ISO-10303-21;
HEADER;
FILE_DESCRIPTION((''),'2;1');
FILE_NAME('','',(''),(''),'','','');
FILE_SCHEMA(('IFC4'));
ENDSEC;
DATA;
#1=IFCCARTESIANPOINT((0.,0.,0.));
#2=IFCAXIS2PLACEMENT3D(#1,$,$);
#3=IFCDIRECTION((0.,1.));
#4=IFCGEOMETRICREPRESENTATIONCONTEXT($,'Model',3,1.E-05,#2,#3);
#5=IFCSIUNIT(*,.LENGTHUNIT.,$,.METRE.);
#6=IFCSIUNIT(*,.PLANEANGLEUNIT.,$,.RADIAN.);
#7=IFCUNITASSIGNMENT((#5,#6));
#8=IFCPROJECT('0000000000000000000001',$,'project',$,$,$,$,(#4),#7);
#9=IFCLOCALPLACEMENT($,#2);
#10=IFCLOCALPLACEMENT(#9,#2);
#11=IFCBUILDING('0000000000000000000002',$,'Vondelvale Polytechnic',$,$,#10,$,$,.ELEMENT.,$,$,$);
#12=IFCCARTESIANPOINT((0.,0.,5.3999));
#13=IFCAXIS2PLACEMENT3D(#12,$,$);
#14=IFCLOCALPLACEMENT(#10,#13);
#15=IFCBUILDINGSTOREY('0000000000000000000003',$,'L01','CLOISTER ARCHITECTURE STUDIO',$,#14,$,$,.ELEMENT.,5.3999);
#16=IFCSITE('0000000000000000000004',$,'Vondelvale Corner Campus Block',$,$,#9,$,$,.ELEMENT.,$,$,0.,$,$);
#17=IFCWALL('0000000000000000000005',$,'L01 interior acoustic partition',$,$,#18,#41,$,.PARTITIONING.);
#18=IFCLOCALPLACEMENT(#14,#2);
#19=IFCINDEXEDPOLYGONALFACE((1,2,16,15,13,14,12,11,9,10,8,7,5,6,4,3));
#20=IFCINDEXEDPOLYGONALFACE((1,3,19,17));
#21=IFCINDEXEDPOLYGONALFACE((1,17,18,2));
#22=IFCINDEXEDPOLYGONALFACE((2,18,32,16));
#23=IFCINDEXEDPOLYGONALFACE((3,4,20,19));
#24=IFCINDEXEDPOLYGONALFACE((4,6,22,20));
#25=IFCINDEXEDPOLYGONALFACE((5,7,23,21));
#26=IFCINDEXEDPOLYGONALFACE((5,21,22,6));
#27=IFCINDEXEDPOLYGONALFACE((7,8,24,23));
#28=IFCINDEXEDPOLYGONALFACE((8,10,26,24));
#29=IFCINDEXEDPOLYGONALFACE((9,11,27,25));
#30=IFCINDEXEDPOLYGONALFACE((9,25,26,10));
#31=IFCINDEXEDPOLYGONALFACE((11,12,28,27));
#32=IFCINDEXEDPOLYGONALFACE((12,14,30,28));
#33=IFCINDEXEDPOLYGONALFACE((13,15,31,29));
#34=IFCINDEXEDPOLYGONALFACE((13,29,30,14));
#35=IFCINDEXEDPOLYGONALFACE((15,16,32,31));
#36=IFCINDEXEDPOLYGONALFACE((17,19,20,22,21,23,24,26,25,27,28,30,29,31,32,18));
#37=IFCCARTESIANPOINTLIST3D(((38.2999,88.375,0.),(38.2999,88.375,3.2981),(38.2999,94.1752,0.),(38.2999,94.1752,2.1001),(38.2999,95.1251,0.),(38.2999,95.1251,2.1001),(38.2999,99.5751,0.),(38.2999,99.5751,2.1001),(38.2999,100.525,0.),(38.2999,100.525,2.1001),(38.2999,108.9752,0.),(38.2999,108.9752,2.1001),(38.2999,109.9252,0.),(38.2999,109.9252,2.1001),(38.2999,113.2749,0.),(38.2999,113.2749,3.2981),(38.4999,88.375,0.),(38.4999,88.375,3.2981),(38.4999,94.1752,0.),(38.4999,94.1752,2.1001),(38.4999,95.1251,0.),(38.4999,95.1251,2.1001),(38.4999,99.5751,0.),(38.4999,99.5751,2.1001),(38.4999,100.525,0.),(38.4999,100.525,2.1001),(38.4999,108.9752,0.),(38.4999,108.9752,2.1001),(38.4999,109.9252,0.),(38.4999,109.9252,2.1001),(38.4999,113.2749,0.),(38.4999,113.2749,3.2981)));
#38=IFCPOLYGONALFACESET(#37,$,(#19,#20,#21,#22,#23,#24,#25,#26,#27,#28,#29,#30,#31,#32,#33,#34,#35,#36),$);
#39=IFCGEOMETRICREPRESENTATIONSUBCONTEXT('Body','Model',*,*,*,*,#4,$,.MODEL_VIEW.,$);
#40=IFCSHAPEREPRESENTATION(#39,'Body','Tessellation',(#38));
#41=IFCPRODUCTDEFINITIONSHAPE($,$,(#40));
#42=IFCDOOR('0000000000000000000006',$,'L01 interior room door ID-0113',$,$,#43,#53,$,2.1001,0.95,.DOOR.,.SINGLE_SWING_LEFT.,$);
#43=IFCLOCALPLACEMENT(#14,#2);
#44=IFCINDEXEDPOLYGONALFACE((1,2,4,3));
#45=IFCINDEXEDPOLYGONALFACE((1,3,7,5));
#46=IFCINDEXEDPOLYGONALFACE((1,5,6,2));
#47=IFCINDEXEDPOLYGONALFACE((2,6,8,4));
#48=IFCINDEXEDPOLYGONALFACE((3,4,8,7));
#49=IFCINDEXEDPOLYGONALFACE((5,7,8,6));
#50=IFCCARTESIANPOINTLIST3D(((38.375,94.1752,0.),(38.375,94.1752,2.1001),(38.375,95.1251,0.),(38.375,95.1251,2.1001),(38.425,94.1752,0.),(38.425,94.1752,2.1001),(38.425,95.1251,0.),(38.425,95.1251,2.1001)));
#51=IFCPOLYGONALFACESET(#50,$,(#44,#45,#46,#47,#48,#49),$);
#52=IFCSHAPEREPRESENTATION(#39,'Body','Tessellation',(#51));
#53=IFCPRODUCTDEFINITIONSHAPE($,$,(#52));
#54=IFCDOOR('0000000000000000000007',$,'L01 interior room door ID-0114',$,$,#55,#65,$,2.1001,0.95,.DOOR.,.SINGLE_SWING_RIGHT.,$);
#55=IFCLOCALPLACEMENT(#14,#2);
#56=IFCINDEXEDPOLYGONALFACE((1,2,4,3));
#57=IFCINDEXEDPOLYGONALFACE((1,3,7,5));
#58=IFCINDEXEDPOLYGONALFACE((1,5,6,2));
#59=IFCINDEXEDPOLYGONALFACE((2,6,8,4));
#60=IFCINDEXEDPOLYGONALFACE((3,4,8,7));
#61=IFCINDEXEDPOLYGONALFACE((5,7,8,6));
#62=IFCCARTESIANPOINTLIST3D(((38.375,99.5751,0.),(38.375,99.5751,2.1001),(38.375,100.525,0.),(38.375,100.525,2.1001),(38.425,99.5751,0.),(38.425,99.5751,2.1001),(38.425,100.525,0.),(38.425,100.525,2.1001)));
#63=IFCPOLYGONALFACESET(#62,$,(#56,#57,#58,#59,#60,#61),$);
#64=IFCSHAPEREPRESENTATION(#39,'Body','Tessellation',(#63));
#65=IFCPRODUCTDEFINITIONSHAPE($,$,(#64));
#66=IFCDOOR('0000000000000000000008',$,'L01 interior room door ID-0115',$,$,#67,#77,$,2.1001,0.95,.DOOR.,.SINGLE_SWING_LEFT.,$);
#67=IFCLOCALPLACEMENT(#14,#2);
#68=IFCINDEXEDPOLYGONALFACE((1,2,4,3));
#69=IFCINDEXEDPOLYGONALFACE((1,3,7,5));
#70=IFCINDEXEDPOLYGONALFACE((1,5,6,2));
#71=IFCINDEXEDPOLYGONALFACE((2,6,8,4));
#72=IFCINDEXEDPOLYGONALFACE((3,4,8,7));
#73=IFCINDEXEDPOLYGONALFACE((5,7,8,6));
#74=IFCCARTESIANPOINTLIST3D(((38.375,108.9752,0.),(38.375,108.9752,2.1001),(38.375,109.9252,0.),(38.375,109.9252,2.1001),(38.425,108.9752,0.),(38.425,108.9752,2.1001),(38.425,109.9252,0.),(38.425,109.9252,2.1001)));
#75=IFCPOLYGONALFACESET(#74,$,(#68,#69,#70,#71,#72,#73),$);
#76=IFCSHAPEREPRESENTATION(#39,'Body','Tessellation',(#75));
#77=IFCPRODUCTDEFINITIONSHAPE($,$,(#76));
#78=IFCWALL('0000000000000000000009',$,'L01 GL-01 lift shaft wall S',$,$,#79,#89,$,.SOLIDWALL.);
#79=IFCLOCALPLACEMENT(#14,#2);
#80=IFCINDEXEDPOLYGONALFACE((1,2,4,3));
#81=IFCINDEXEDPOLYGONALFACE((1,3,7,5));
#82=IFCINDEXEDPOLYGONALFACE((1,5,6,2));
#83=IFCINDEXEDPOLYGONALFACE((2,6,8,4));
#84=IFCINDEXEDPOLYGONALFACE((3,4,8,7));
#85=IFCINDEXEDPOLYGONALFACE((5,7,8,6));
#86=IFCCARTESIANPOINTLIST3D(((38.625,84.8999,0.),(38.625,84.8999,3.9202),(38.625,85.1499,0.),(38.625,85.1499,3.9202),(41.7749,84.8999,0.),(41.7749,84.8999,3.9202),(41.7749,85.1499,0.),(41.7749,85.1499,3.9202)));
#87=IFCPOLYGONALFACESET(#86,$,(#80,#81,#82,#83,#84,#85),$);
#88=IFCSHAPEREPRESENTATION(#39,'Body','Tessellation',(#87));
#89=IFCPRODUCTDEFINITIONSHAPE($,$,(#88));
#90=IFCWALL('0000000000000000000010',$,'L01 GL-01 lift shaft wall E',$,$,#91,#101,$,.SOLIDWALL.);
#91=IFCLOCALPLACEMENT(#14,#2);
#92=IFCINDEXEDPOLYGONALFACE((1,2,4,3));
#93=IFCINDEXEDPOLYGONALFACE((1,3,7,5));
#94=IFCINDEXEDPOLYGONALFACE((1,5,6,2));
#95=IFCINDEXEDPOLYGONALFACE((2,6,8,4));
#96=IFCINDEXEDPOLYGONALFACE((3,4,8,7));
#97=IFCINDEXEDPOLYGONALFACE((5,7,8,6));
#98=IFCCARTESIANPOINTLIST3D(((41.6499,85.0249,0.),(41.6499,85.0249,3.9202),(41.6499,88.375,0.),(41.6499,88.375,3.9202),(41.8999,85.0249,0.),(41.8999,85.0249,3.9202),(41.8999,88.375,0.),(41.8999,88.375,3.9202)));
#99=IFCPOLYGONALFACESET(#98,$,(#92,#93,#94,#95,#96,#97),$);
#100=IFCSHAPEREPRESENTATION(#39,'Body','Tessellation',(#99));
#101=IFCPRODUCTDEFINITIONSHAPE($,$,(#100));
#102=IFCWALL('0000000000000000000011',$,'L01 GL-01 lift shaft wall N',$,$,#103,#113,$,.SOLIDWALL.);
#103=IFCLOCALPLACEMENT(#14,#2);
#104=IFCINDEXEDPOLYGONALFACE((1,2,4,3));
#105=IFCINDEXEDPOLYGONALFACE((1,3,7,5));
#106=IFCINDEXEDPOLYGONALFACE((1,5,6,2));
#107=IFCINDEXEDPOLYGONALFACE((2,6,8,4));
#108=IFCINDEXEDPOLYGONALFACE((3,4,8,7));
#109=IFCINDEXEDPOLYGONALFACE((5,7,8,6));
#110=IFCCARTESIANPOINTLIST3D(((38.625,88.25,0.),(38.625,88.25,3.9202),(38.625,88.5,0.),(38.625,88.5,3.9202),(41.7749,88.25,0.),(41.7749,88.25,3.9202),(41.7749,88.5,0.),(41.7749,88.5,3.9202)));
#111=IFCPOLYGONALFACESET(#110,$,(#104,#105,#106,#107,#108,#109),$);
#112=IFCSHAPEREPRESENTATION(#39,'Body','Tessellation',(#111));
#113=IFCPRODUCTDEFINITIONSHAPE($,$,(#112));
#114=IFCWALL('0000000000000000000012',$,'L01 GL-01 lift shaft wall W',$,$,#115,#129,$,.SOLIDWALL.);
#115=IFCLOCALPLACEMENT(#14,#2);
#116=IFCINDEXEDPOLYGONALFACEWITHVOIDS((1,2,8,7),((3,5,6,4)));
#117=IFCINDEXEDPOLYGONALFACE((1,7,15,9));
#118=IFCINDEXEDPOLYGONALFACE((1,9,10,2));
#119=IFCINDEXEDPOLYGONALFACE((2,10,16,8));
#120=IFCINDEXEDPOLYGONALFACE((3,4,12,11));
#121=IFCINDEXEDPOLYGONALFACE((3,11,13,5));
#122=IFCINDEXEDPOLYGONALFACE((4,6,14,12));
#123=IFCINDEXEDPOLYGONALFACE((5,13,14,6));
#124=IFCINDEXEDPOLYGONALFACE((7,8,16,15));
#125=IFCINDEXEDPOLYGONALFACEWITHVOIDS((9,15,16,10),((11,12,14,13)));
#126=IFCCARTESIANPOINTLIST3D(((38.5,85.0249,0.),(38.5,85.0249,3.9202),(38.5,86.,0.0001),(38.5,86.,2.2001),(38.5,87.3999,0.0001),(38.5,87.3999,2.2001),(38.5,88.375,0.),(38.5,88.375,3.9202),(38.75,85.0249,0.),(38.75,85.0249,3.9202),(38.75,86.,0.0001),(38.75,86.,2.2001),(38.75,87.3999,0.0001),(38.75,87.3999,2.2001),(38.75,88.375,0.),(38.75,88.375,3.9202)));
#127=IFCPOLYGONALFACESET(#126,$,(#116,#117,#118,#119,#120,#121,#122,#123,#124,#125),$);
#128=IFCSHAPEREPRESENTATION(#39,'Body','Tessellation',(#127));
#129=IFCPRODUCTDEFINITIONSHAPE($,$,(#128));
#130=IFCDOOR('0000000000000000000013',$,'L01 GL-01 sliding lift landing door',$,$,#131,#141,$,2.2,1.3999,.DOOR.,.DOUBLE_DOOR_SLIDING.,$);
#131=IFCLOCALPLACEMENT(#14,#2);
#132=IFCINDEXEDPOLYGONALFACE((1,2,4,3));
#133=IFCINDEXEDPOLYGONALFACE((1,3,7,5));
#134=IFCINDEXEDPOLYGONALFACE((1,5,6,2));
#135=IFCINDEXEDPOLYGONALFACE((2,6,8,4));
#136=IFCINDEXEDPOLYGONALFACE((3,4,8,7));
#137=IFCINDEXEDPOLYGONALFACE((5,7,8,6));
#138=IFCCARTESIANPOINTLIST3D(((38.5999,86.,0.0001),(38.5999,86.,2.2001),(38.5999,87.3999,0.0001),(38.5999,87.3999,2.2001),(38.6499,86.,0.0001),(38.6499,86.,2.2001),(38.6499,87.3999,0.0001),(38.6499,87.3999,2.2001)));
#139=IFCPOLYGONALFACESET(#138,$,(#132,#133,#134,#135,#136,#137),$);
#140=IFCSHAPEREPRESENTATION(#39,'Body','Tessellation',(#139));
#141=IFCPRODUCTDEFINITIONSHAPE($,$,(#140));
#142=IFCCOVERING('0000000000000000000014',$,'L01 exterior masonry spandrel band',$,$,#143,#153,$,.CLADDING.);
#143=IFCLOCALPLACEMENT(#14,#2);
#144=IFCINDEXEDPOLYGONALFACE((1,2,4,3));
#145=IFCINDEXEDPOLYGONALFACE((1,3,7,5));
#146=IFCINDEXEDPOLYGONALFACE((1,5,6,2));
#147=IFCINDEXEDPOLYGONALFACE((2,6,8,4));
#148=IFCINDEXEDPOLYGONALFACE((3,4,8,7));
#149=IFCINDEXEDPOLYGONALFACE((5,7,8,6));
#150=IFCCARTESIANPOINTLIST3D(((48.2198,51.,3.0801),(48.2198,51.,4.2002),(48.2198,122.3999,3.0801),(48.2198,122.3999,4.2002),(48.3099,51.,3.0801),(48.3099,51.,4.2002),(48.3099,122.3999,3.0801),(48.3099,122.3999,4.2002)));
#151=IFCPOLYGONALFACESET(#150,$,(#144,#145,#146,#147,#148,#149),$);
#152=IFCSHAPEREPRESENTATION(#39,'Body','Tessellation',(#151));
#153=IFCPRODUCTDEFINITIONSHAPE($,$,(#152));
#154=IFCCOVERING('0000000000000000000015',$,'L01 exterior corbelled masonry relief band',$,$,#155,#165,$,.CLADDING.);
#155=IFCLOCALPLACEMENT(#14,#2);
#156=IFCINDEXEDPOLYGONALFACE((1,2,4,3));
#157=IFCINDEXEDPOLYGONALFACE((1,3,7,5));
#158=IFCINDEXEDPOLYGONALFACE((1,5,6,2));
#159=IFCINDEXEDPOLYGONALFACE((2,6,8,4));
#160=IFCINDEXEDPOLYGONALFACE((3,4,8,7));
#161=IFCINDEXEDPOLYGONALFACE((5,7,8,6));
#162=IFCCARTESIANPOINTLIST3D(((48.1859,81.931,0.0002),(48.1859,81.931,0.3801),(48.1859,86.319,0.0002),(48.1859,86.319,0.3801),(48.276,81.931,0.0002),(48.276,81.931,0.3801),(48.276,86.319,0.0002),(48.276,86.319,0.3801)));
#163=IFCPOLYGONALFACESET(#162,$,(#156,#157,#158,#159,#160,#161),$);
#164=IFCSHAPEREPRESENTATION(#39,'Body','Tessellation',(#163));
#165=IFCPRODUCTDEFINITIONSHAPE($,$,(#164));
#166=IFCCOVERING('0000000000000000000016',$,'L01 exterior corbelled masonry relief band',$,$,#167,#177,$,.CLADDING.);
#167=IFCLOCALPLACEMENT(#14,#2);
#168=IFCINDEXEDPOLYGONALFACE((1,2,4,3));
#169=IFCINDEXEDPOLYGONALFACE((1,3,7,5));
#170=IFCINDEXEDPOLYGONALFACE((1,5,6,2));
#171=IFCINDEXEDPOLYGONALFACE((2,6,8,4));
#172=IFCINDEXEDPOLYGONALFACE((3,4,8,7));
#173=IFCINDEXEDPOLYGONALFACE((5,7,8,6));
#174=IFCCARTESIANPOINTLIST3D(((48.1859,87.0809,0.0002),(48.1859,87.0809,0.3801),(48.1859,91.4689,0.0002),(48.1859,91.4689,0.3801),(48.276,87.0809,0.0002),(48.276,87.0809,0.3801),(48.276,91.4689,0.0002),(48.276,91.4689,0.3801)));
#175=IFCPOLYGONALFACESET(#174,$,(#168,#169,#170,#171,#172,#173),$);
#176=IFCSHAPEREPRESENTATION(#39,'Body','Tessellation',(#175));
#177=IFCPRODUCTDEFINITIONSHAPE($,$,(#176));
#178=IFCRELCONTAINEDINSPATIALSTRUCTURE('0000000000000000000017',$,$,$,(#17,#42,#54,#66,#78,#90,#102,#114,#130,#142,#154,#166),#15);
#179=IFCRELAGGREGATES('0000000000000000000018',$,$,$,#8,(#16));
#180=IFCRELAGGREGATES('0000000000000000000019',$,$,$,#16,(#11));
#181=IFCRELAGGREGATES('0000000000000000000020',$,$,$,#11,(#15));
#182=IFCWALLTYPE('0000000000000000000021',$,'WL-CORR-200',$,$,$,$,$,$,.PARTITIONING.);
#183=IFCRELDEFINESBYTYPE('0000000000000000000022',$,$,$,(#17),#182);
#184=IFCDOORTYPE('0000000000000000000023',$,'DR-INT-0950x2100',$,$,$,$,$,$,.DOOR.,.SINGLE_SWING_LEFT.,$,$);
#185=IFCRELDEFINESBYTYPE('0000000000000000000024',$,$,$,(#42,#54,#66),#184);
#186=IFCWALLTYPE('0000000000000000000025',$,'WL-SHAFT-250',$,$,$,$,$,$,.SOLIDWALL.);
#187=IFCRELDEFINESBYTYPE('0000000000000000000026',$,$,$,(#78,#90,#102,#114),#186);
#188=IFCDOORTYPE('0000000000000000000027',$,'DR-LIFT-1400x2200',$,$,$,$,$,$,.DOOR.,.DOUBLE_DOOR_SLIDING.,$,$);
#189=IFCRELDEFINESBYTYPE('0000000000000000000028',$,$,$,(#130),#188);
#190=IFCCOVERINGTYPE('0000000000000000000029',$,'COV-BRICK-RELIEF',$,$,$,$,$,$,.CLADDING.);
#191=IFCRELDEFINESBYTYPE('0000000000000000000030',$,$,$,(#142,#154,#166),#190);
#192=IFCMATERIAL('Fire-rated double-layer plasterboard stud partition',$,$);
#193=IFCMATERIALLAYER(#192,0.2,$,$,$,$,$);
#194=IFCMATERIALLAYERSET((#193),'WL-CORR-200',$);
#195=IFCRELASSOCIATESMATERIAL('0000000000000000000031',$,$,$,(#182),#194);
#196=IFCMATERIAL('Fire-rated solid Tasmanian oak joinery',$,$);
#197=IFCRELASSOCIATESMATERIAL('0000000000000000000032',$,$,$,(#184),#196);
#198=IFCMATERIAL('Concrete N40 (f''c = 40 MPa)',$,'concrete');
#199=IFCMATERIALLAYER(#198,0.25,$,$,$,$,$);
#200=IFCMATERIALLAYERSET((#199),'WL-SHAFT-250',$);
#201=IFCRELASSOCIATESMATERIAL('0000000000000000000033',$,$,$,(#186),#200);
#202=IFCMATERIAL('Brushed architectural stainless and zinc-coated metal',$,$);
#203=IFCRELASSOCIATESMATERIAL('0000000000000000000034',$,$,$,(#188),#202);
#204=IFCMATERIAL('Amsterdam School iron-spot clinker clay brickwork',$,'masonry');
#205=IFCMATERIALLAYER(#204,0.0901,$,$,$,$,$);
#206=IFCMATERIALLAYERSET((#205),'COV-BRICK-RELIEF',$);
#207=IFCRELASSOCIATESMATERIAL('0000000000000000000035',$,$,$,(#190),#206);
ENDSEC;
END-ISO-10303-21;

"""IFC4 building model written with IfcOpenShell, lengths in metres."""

from ifc_helpers import new_model, si_unit, direction, frame, frame_2d, origin, origin_2d, place, context, subcontext, project, spatial, rectangle, extrude, material, layer, layer_set, type_object, element, fill, save


model = new_model("IFC4")

# Units and contexts
model_context = context("Model", 3, precision=1e-05, world=origin(), true_north=direction((0.0, 1.0)))
body_context = subcontext(model_context, "Body", "Model", "MODEL_VIEW")
ifc_project = project(units=[si_unit("LENGTHUNIT", "METRE"), si_unit("PLANEANGLEUNIT", "RADIAN")], contexts=[model_context])

# Site, building, storey
site_placement = place(None, origin())
site = spatial("IfcSite", under=ifc_project, at=site_placement, Name="Vondelvale Corner Campus Block", CompositionType="ELEMENT", RefElevation=0.0)
building_placement = place(site_placement, origin())
building = spatial("IfcBuilding", under=site, at=building_placement, Name="Vondelvale Polytechnic", CompositionType="ELEMENT")
storey_placement = place(building_placement, frame((0.0, 0.0, 5.3999)))
storey = spatial("IfcBuildingStorey", under=building, at=storey_placement, Name="L01", Description="CLOISTER ARCHITECTURE STUDIO", CompositionType="ELEMENT", Elevation=5.3999)

# Shared definitions
ifc_material_1 = material(Name="Amsterdam School iron-spot clinker clay brickwork", Category="masonry")

# Shared definitions
ifc_material_2 = material(Name="Fire-rated double-layer plasterboard stud partition")
ifc_layer_1 = layer(ifc_material_2, 0.2)
ifc_layer_set_1 = layer_set([ifc_layer_1], Name="WL-CORR-200")
wall_type_1 = type_object("IfcWallType", Name="WL-CORR-200", PredefinedType="PARTITIONING", material=ifc_layer_set_1)

# Wall, openings, doors
wall_1_placement = place(storey_placement, frame((38.3999, 88.375, 0.0), z_axis=(0.0, 0.0, 1.0), x_axis=(0.0, 1.0, 0.0)))
wall_1 = element("IfcWall", 1, at=wall_1_placement, inside=storey, type_object=wall_type_1, Name="L01 interior acoustic partition", PredefinedType="PARTITIONING", context=body_context, shape_type="SweptSolid", body=[
    extrude(rectangle(XDim=24.8999, YDim=0.2, at=frame_2d((12.45, 0.0))), origin(), (0.0, 0.0, 1.0), 3.2981),
])
opening_1_placement = place(wall_1_placement, frame((5.8, 0.0, 0.0)))
opening_1 = element("IfcOpeningElement", 2, at=opening_1_placement, cuts=wall_1, PredefinedType="OPENING", context=body_context, shape_type="SweptSolid", body=[
    extrude(rectangle(XDim=0.95, YDim=2.1001, at=frame_2d((0.4751, 1.05))), frame((0.0, 0.1099, 0.0), z_axis=(0.0, -1.0, 0.0), x_axis=(1.0, 0.0, 0.0)), (0.0, 0.0, 1.0), 0.22),
])
opening_2_placement = place(wall_1_placement, frame((11.2, 0.0, 0.0)))
opening_2 = element("IfcOpeningElement", 3, at=opening_2_placement, cuts=wall_1, PredefinedType="OPENING", context=body_context, shape_type="SweptSolid", body=[
    extrude(rectangle(XDim=0.95, YDim=2.1001, at=frame_2d((0.4751, 1.05))), frame((0.0, 0.1099, 0.0), z_axis=(0.0, -1.0, 0.0), x_axis=(1.0, 0.0, 0.0)), (0.0, 0.0, 1.0), 0.22),
])
opening_3_placement = place(wall_1_placement, frame((20.6001, 0.0, 0.0)))
opening_3 = element("IfcOpeningElement", 4, at=opening_3_placement, cuts=wall_1, PredefinedType="OPENING", context=body_context, shape_type="SweptSolid", body=[
    extrude(rectangle(XDim=0.95, YDim=2.1001, at=frame_2d((0.4751, 1.05))), frame((0.0, 0.1099, 0.0), z_axis=(0.0, -1.0, 0.0), x_axis=(1.0, 0.0, 0.0)), (0.0, 0.0, 1.0), 0.22),
])
ifc_material_3 = material(Name="Fire-rated solid Tasmanian oak joinery")
door_type_1 = type_object("IfcDoorType", Name="DR-INT-0950x2100", OperationType="SINGLE_SWING_LEFT", PredefinedType="DOOR", material=ifc_material_3)
door_1_placement = place(opening_1_placement, origin())
door_1 = element("IfcDoor", 5, at=door_1_placement, inside=storey, type_object=door_type_1, Name="L01 interior room door ID-0113", OperationType="SINGLE_SWING_LEFT", OverallHeight=2.1001, OverallWidth=0.95, PredefinedType="DOOR", context=body_context, shape_type="SweptSolid", body=[
    extrude(rectangle(XDim=0.95, YDim=2.1001, at=frame_2d((0.4751, 1.05))), frame((0.0, 0.0249, 0.0), z_axis=(0.0, -1.0, 0.0), x_axis=(1.0, 0.0, 0.0)), (0.0, 0.0, 1.0), 0.05),
])
fill(opening_1, door_1)
door_2_placement = place(opening_2_placement, origin())
door_2 = element("IfcDoor", 6, at=door_2_placement, inside=storey, type_object=door_type_1, Name="L01 interior room door ID-0114", OperationType="SINGLE_SWING_RIGHT", OverallHeight=2.1001, OverallWidth=0.95, PredefinedType="DOOR", context=body_context, shape_type="SweptSolid", body=[
    extrude(rectangle(XDim=0.95, YDim=2.1001, at=frame_2d((0.4751, 1.05))), frame((0.0, 0.0249, 0.0), z_axis=(0.0, -1.0, 0.0), x_axis=(1.0, 0.0, 0.0)), (0.0, 0.0, 1.0), 0.05),
])
fill(opening_2, door_2)
door_3_placement = place(opening_3_placement, origin())
door_3 = element("IfcDoor", 7, at=door_3_placement, inside=storey, type_object=door_type_1, Name="L01 interior room door ID-0115", OperationType="SINGLE_SWING_LEFT", OverallHeight=2.1001, OverallWidth=0.95, PredefinedType="DOOR", context=body_context, shape_type="SweptSolid", body=[
    extrude(rectangle(XDim=0.95, YDim=2.1001, at=frame_2d((0.4751, 1.05))), frame((0.0, 0.0249, 0.0), z_axis=(0.0, -1.0, 0.0), x_axis=(1.0, 0.0, 0.0)), (0.0, 0.0, 1.0), 0.05),
])
fill(opening_3, door_3)

# Walls
ifc_material_4 = material(Name="Concrete N40 (f'c = 40 MPa)", Category="concrete")
ifc_layer_2 = layer(ifc_material_4, 0.25)
ifc_layer_set_2 = layer_set([ifc_layer_2], Name="WL-SHAFT-250")
wall_type_2 = type_object("IfcWallType", Name="WL-SHAFT-250", PredefinedType="SOLIDWALL", material=ifc_layer_set_2)
wall_2_placement = place(storey_placement, frame((38.625, 85.0249, 0.0), z_axis=(0.0, 0.0, 1.0), x_axis=(1.0, 0.0, 0.0)))
element("IfcWall", 8, at=wall_2_placement, inside=storey, type_object=wall_type_2, Name="L01 GL-01 lift shaft wall S", PredefinedType="SOLIDWALL", context=body_context, shape_type="SweptSolid", body=[
    extrude(rectangle(XDim=3.1499, YDim=0.25, at=frame_2d((1.575, 0.0))), origin(), (0.0, 0.0, 1.0), 3.9202),
])
wall_3_placement = place(storey_placement, frame((41.7749, 85.0249, 0.0), z_axis=(0.0, 0.0, 1.0), x_axis=(0.0, 1.0, 0.0)))
element("IfcWall", 9, at=wall_3_placement, inside=storey, type_object=wall_type_2, Name="L01 GL-01 lift shaft wall E", PredefinedType="SOLIDWALL", context=body_context, shape_type="SweptSolid", body=[
    extrude(rectangle(XDim=3.3501, YDim=0.25, at=frame_2d((1.675, 0.0))), origin(), (0.0, 0.0, 1.0), 3.9202),
])
wall_4_placement = place(storey_placement, frame((41.7749, 88.375, 0.0), z_axis=(0.0, 0.0, 1.0), x_axis=(-1.0, 0.0, 0.0)))
element("IfcWall", 10, at=wall_4_placement, inside=storey, type_object=wall_type_2, Name="L01 GL-01 lift shaft wall N", PredefinedType="SOLIDWALL", context=body_context, shape_type="SweptSolid", body=[
    extrude(rectangle(XDim=3.1499, YDim=0.25, at=frame_2d((1.575, 0.0))), origin(), (0.0, 0.0, 1.0), 3.9202),
])

# Wall, opening, door
wall_5_placement = place(storey_placement, frame((38.625, 88.375, 0.0), z_axis=(0.0, 0.0, 1.0), x_axis=(0.0, -1.0, 0.0)))
wall_5 = element("IfcWall", 11, at=wall_5_placement, inside=storey, type_object=wall_type_2, Name="L01 GL-01 lift shaft wall W", PredefinedType="SOLIDWALL", context=body_context, shape_type="SweptSolid", body=[
    extrude(rectangle(XDim=3.3501, YDim=0.25, at=frame_2d((1.675, 0.0))), origin(), (0.0, 0.0, 1.0), 3.9202),
])
opening_4_placement = place(wall_5_placement, frame((0.9751, 0.0, 0.0)))
opening_4 = element("IfcOpeningElement", 12, at=opening_4_placement, cuts=wall_5, PredefinedType="OPENING", context=body_context, shape_type="SweptSolid", body=[
    extrude(rectangle(XDim=1.3999, YDim=2.2, at=frame_2d((0.7, 1.1001))), frame((0.0, 0.135, 0.0), z_axis=(0.0, -1.0, 0.0), x_axis=(1.0, 0.0, 0.0)), (0.0, 0.0, 1.0), 0.27),
])
ifc_material_5 = material(Name="Brushed architectural stainless and zinc-coated metal")
door_type_2 = type_object("IfcDoorType", Name="DR-LIFT-1400x2200", OperationType="DOUBLE_DOOR_SLIDING", PredefinedType="DOOR", material=ifc_material_5)
door_4_placement = place(opening_4_placement, origin())
door_4 = element("IfcDoor", 13, at=door_4_placement, inside=storey, type_object=door_type_2, Name="L01 GL-01 sliding lift landing door", OperationType="DOUBLE_DOOR_SLIDING", OverallHeight=2.2, OverallWidth=1.3999, PredefinedType="DOOR", context=body_context, shape_type="SweptSolid", body=[
    extrude(rectangle(XDim=1.3999, YDim=2.2, at=frame_2d((0.7, 1.1001))), frame((0.0, 0.0249, 0.0), z_axis=(0.0, -1.0, 0.0), x_axis=(1.0, 0.0, 0.0)), (0.0, 0.0, 1.0), 0.05),
])
fill(opening_4, door_4)

# Coverings
ifc_layer_3 = layer(ifc_material_1, 0.0901)
ifc_layer_set_3 = layer_set([ifc_layer_3], Name="COV-BRICK-RELIEF")
covering_type = type_object("IfcCoveringType", Name="COV-BRICK-RELIEF", PredefinedType="CLADDING", material=ifc_layer_set_3)
covering_placement = place(storey_placement, frame((48.2649, 86.7, 3.0801), z_axis=(0.0, 0.0, 1.0), x_axis=(0.0, 1.0, 0.0)))
element("IfcCovering", 14, at=covering_placement, inside=storey, type_object=covering_type, Name="L01 exterior masonry spandrel band", PredefinedType="CLADDING", context=body_context, shape_type="SweptSolid", body=[
    extrude(rectangle(XDim=71.3999, YDim=0.0901, at=origin_2d()), origin(), (0.0, 0.0, 1.0), 1.1201),
])
for number, where, z_axis, x_axis, name in (
    (15, (48.231, 84.125, 0.0002), (0.0, 0.0, 1.0), (0.0, -1.0, 0.0), "L01 exterior corbelled masonry relief band"),
    (16, (48.231, 89.2749, 0.0002), (0.0, 0.0, 1.0), (0.0, -1.0, 0.0), "L01 exterior corbelled masonry relief band"),
):
    element("IfcCovering", number, at=place(storey_placement, frame(where, z_axis=z_axis, x_axis=x_axis)), inside=storey, type_object=covering_type, Name=name, PredefinedType="CLADDING", context=body_context, shape_type="SweptSolid", body=[
        extrude(rectangle(XDim=4.3879, YDim=0.0901, at=origin_2d()), origin(), (0.0, 0.0, 1.0), 0.3799),
    ])

save(model, "model.ifc")
